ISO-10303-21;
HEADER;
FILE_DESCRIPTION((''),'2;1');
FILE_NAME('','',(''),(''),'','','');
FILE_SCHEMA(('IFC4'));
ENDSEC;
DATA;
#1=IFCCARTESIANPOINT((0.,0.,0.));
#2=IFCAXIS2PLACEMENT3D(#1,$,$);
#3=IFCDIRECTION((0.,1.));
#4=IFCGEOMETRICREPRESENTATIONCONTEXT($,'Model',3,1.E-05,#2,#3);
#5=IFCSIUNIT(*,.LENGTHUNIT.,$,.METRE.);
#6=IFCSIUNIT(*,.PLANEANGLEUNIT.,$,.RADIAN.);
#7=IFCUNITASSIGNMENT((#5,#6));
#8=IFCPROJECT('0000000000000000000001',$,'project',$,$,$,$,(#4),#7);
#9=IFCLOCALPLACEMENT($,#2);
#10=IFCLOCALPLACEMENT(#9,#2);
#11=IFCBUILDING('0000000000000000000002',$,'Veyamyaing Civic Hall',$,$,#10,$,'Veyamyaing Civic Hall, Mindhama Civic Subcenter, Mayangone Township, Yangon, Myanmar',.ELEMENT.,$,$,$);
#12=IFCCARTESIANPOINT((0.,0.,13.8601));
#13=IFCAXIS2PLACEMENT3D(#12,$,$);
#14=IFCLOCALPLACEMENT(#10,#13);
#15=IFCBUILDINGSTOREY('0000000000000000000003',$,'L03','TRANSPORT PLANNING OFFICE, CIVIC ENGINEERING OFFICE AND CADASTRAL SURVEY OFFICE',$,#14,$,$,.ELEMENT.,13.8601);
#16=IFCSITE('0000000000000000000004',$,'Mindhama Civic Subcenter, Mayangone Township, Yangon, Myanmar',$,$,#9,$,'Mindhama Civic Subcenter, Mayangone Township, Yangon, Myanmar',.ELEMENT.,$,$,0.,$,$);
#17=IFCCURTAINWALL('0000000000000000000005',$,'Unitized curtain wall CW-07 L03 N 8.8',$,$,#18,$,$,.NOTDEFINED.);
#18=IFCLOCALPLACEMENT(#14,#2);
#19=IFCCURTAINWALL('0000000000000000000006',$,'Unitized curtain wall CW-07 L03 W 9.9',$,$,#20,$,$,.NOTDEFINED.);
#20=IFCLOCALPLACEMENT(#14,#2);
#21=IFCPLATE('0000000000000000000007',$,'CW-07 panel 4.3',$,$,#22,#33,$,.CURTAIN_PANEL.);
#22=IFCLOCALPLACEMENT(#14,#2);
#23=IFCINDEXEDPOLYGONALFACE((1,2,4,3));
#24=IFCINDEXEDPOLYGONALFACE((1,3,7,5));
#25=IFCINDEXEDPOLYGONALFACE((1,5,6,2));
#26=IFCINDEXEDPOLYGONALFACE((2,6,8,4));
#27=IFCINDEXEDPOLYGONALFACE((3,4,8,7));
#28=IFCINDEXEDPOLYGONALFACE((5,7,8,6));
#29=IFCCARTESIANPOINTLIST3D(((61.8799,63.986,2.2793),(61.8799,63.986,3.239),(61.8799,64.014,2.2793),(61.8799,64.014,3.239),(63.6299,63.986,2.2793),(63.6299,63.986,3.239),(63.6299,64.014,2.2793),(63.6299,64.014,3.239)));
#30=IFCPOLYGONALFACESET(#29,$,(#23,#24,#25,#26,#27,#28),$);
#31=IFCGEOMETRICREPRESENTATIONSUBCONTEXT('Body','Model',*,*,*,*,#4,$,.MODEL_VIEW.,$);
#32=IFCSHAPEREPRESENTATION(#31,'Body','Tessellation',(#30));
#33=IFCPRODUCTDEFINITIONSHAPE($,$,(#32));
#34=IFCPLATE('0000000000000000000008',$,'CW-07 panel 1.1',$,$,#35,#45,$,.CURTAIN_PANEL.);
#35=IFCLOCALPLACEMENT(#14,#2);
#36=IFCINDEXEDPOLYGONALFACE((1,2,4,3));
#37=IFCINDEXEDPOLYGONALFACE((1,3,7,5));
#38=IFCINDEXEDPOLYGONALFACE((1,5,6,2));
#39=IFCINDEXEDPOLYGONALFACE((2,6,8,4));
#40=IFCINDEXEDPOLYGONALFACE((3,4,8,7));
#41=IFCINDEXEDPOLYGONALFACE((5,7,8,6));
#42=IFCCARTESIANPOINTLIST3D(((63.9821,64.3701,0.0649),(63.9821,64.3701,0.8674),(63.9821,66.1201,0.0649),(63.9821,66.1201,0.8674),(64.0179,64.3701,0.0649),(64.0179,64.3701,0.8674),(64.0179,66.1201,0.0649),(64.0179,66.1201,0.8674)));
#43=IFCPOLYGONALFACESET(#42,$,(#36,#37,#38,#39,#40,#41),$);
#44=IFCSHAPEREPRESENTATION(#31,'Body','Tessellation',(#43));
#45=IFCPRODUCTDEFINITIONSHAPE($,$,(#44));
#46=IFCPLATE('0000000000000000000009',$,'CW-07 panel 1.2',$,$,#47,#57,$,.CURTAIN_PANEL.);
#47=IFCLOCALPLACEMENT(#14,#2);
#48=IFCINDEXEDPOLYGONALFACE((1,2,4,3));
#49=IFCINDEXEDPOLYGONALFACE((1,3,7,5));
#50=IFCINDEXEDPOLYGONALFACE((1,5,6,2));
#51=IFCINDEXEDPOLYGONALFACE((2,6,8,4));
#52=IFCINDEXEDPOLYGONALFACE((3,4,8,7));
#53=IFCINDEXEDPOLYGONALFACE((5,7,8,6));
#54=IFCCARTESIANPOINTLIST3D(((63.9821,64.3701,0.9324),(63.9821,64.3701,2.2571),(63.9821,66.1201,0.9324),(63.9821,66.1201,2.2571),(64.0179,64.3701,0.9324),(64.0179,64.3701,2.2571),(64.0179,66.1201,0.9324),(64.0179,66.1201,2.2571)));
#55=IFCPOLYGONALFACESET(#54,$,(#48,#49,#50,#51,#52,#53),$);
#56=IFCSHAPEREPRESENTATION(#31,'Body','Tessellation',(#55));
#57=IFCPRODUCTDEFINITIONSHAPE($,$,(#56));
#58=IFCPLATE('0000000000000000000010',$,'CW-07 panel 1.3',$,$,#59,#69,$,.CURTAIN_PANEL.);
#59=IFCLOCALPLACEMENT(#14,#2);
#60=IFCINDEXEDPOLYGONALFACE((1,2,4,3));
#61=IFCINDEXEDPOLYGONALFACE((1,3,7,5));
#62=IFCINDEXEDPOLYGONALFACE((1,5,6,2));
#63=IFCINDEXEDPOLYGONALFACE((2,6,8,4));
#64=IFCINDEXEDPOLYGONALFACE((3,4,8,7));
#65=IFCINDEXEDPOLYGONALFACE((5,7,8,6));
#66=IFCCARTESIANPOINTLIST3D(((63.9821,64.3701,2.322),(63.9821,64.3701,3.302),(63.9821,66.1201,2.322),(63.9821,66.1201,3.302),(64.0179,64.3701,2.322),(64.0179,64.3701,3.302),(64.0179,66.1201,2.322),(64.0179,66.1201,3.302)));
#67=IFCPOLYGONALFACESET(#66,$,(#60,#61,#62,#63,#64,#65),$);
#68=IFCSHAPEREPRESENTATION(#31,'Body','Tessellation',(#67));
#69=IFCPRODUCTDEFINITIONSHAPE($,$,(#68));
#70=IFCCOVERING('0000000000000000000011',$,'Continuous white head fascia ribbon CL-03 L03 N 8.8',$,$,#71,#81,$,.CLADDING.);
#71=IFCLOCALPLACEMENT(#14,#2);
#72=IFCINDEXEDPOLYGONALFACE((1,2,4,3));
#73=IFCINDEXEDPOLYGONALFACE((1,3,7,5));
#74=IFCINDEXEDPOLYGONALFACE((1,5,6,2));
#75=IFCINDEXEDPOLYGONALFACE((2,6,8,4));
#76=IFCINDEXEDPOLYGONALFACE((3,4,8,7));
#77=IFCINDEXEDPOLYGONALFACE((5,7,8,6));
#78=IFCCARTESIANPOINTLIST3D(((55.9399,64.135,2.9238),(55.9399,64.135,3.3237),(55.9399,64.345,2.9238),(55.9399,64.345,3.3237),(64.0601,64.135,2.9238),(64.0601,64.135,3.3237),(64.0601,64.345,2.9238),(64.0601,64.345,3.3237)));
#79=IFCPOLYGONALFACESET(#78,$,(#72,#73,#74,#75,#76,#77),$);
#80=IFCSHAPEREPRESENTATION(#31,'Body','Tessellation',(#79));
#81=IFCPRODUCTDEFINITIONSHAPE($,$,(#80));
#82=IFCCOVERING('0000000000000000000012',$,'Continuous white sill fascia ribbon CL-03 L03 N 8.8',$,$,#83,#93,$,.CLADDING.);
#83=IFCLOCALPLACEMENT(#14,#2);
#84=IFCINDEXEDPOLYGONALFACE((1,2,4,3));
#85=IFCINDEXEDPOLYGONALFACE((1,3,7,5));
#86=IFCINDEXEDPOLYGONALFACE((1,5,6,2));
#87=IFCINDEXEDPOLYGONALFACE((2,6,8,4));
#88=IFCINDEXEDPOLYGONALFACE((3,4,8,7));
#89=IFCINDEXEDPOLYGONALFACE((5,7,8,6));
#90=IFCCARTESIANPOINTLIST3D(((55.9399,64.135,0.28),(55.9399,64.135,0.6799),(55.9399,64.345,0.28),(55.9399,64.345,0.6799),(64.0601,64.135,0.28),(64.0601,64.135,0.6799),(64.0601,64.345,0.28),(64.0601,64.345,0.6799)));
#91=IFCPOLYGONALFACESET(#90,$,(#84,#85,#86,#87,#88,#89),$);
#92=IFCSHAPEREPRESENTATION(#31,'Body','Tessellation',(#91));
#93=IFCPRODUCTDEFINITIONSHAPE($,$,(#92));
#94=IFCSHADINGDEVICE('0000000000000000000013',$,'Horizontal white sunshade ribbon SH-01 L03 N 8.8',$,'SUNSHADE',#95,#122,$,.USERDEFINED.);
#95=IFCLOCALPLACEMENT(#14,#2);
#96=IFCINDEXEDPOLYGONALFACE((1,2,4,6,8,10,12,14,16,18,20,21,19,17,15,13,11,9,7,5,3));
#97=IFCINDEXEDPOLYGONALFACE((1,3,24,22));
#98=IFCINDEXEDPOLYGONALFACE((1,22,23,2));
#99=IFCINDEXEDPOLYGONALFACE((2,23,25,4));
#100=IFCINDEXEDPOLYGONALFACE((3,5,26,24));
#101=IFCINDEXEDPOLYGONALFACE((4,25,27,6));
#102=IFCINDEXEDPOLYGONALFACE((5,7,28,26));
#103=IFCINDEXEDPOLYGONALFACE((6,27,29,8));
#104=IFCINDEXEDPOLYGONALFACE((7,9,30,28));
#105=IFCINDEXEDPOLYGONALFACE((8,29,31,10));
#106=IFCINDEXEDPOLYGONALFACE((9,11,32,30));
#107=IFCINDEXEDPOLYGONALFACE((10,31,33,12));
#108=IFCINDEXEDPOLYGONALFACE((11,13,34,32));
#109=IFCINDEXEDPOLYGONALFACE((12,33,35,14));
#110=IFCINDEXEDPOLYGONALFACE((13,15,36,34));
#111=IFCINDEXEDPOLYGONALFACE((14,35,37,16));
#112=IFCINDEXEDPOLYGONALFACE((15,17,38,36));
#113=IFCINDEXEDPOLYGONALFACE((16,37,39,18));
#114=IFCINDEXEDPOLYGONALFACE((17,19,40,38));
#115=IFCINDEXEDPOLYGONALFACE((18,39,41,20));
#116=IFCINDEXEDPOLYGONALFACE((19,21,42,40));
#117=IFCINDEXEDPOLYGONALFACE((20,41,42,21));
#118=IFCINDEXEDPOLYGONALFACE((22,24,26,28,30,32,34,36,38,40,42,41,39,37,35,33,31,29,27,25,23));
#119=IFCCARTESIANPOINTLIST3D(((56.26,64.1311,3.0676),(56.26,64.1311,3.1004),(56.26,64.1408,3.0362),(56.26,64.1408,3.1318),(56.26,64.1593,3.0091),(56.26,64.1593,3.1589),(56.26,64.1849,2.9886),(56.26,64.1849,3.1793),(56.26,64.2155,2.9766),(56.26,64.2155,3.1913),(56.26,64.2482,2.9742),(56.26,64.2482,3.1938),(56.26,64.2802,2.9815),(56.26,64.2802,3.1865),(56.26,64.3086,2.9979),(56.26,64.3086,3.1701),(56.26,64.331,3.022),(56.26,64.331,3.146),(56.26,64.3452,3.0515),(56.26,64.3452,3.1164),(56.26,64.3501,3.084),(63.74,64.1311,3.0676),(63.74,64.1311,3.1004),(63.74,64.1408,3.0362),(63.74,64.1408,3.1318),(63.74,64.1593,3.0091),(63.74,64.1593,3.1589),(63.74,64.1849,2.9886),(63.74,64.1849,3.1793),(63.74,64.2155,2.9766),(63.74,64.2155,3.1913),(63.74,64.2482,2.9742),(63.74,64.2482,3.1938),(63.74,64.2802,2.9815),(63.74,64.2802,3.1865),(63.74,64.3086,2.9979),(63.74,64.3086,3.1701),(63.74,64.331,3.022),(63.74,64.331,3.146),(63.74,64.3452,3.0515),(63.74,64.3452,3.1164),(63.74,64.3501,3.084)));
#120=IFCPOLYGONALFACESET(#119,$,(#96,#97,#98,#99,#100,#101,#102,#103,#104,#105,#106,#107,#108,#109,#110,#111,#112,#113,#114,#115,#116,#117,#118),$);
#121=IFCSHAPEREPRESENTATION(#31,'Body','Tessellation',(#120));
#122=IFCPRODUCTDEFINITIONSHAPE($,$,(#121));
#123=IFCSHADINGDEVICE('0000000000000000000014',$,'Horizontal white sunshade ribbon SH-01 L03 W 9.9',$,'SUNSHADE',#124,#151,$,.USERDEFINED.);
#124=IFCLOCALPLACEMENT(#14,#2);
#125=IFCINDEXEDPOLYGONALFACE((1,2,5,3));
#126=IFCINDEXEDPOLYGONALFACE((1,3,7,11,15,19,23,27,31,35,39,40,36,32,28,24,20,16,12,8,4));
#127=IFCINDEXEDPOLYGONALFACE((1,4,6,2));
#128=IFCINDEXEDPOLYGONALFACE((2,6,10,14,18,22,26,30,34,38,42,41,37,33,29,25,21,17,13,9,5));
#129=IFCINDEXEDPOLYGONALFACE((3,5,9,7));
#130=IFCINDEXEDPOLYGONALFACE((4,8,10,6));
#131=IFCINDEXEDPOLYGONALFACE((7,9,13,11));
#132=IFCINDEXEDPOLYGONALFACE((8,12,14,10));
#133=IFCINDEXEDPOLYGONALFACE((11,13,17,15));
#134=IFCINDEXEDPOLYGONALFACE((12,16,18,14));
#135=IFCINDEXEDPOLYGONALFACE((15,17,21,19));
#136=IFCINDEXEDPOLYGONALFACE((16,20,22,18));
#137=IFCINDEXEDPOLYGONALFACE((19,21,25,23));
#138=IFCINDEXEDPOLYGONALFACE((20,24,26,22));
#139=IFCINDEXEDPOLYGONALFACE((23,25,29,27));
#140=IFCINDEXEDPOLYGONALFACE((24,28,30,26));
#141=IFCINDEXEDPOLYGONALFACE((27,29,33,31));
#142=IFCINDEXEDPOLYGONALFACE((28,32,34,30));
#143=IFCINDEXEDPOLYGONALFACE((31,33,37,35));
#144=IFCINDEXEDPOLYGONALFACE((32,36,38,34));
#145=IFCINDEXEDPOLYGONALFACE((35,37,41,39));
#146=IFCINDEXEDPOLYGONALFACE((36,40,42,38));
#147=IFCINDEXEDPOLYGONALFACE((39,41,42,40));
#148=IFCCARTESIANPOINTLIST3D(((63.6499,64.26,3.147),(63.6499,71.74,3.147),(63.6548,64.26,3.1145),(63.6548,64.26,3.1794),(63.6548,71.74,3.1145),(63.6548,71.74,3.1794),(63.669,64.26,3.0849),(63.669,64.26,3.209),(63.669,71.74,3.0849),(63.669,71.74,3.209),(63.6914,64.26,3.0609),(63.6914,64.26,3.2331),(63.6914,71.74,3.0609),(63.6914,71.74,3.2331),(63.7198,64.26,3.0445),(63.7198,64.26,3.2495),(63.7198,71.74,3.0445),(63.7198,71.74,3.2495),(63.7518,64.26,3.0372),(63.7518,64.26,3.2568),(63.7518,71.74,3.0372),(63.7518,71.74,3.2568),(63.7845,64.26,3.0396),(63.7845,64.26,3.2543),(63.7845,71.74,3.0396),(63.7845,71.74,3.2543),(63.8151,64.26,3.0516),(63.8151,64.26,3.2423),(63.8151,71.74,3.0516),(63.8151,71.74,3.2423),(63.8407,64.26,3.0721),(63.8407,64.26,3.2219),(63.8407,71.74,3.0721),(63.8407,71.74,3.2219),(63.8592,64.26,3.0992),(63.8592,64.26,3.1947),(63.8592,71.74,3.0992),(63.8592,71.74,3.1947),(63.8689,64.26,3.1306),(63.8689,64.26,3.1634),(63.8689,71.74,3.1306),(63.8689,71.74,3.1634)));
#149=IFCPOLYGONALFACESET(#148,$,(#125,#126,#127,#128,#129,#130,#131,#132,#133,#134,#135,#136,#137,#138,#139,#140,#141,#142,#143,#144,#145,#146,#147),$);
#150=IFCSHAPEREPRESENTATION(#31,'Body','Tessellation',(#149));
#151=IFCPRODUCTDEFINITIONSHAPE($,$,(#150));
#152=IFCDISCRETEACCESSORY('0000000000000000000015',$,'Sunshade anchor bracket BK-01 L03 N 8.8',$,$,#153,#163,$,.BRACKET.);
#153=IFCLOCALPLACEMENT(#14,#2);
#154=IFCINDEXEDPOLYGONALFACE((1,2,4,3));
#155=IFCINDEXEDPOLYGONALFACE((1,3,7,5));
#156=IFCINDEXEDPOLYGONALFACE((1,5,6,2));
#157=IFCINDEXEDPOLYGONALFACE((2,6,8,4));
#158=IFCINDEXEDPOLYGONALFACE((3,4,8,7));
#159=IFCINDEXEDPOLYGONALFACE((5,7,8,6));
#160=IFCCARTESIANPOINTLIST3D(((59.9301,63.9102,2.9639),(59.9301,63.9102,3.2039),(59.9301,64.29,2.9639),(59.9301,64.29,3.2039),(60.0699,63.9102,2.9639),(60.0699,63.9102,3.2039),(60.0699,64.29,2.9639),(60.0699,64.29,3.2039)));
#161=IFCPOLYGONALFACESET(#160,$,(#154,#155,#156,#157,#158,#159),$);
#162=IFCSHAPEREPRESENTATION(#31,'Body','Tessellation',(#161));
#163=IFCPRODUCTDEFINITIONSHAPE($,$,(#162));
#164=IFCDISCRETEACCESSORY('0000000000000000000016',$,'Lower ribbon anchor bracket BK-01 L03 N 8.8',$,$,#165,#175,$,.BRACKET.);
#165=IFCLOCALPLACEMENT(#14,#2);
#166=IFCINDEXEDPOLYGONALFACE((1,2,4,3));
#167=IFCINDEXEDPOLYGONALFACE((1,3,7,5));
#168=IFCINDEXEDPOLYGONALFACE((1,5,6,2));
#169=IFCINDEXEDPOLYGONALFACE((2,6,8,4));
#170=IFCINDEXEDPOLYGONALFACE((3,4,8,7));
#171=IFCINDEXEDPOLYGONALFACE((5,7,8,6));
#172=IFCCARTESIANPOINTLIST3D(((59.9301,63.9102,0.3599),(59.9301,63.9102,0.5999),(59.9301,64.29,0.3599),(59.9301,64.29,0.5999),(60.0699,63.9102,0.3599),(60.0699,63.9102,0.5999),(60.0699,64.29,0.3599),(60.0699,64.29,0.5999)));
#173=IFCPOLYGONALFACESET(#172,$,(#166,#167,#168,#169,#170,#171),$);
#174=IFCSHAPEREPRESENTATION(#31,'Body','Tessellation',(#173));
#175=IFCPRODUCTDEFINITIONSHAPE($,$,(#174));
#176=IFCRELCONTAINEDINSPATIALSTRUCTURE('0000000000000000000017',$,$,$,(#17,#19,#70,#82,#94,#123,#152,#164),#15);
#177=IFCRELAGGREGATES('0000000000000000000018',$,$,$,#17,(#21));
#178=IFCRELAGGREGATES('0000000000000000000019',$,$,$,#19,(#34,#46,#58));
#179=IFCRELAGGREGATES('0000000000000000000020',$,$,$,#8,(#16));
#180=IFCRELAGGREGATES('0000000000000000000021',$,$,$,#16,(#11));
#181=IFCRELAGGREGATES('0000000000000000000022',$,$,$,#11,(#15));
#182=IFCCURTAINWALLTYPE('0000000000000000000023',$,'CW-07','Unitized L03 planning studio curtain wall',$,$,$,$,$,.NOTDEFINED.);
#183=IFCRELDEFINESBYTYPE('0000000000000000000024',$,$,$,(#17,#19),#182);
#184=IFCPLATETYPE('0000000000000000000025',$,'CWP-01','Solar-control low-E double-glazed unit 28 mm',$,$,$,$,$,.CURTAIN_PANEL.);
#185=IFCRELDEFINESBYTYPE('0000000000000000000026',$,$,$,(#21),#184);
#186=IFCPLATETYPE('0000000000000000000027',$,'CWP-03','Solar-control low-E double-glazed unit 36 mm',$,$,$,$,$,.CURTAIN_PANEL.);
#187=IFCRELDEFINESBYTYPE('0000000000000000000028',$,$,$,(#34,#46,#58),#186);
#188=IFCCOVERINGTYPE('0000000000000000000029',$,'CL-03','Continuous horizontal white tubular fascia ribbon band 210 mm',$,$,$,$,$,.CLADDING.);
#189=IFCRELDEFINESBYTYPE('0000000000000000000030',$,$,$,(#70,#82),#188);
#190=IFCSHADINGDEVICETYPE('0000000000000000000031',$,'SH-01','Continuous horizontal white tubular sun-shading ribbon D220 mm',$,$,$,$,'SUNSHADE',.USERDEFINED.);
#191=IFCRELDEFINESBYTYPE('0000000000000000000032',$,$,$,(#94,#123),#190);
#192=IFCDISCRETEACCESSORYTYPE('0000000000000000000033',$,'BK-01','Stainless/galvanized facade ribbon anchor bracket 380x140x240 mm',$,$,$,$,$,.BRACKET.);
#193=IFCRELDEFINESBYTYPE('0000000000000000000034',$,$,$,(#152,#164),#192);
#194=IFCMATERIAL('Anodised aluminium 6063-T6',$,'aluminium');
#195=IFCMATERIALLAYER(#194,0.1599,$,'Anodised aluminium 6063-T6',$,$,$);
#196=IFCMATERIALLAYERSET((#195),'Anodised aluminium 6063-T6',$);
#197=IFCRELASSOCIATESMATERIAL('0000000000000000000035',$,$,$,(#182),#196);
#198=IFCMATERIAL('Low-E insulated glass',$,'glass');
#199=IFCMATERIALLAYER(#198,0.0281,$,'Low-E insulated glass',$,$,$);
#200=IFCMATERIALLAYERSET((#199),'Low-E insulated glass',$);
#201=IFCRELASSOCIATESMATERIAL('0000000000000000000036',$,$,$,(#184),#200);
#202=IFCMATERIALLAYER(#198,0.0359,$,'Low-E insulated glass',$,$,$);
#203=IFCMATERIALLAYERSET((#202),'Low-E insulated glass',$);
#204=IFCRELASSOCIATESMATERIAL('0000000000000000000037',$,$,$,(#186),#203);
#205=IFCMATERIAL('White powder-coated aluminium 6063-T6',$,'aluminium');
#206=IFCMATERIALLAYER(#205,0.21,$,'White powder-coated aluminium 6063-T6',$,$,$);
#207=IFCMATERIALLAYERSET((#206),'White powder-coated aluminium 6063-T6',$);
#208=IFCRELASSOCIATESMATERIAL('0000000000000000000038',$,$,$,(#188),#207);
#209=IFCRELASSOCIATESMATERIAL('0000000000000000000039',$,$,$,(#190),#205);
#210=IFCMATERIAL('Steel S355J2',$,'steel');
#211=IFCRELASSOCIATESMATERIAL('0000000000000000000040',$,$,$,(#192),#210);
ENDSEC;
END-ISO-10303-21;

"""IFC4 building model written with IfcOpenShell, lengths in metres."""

from ifc_helpers import new_model, si_unit, direction, frame, origin, origin_2d, place, context, subcontext, project, spatial, rectangle, circle, extrude, material, layer, layer_set, material_profile, profile_set, type_object, element, aggregate, save


model = new_model("IFC4")

# Units and contexts
model_context = context("Model", 3, precision=1e-05, world=origin(), true_north=direction((0.0, 1.0)))
body_context = subcontext(model_context, "Body", "Model", "MODEL_VIEW")
ifc_project = project(units=[si_unit("LENGTHUNIT", "METRE"), si_unit("PLANEANGLEUNIT", "RADIAN")], contexts=[model_context])

# Site, building, storey
site_placement = place(None, origin())
site = spatial("IfcSite", under=ifc_project, at=site_placement, Name="Mindhama Civic Subcenter, Mayangone Township, Yangon, Myanmar", LongName="Mindhama Civic Subcenter, Mayangone Township, Yangon, Myanmar", CompositionType="ELEMENT", RefElevation=0.0)
building_placement = place(site_placement, origin())
building = spatial("IfcBuilding", under=site, at=building_placement, Name="Veyamyaing Civic Hall", LongName="Veyamyaing Civic Hall, Mindhama Civic Subcenter, Mayangone Township, Yangon, Myanmar", CompositionType="ELEMENT")
storey_placement = place(building_placement, frame((0.0, 0.0, 13.8601)))
storey = spatial("IfcBuildingStorey", under=building, at=storey_placement, Name="L03", Description="TRANSPORT PLANNING OFFICE, CIVIC ENGINEERING OFFICE AND CADASTRAL SURVEY OFFICE", CompositionType="ELEMENT", Elevation=13.8601)

# Curtain walls
ifc_material_1 = material(Name="Anodised aluminium 6063-T6", Category="aluminium")
ifc_layer_1 = layer(ifc_material_1, 0.1599, Name="Anodised aluminium 6063-T6")
ifc_layer_set_1 = layer_set([ifc_layer_1], Name="Anodised aluminium 6063-T6")
curtain_wall_type = type_object("IfcCurtainWallType", Name="CW-07", Description="Unitized L03 planning studio curtain wall", PredefinedType="NOTDEFINED", material=ifc_layer_set_1)
curtain_wall_1_placement = place(storey_placement, origin())
curtain_wall_1 = element("IfcCurtainWall", 1, at=curtain_wall_1_placement, inside=storey, type_object=curtain_wall_type, Name="Unitized curtain wall CW-07 L03 N 8.8", PredefinedType="NOTDEFINED")
curtain_wall_2_placement = place(storey_placement, origin())
curtain_wall_2 = element("IfcCurtainWall", 2, at=curtain_wall_2_placement, inside=storey, type_object=curtain_wall_type, Name="Unitized curtain wall CW-07 L03 W 9.9", PredefinedType="NOTDEFINED")

# Plates
ifc_material_2 = material(Name="Low-E insulated glass", Category="glass")
ifc_layer_2 = layer(ifc_material_2, 0.0281, Name="Low-E insulated glass")
ifc_layer_set_2 = layer_set([ifc_layer_2], Name="Low-E insulated glass")
plate_type_1 = type_object("IfcPlateType", Name="CWP-01", Description="Solar-control low-E double-glazed unit 28 mm", PredefinedType="CURTAIN_PANEL", material=ifc_layer_set_2)
plate_1_placement = place(storey_placement, frame((62.7549, 64.0, 2.2793), z_axis=(0.0, 0.0, 1.0), x_axis=(1.0, 0.0, 0.0)))
plate_1 = element("IfcPlate", 3, at=plate_1_placement, type_object=plate_type_1, Name="CW-07 panel 4.3", PredefinedType="CURTAIN_PANEL", context=body_context, shape_type="SweptSolid", body=[
    extrude(rectangle(XDim=1.75, YDim=0.0281, at=origin_2d()), origin(), (0.0, 0.0, 1.0), 0.9597),
])
aggregate(curtain_wall_1, [plate_1])
ifc_layer_3 = layer(ifc_material_2, 0.0359, Name="Low-E insulated glass")
ifc_layer_set_3 = layer_set([ifc_layer_3], Name="Low-E insulated glass")
plate_type_2 = type_object("IfcPlateType", Name="CWP-03", Description="Solar-control low-E double-glazed unit 36 mm", PredefinedType="CURTAIN_PANEL", material=ifc_layer_set_3)
plate_2_placement = place(storey_placement, frame((64.0, 65.2451, 0.0649), z_axis=(0.0, 0.0, 1.0), x_axis=(0.0, 1.0, 0.0)))
plate_2 = element("IfcPlate", 4, at=plate_2_placement, type_object=plate_type_2, Name="CW-07 panel 1.1", PredefinedType="CURTAIN_PANEL", context=body_context, shape_type="SweptSolid", body=[
    extrude(rectangle(XDim=1.75, YDim=0.0359, at=origin_2d()), origin(), (0.0, 0.0, 1.0), 0.8025),
])
plate_3_placement = place(storey_placement, frame((64.0, 65.2451, 0.9324), z_axis=(0.0, 0.0, 1.0), x_axis=(0.0, 1.0, 0.0)))
plate_3 = element("IfcPlate", 5, at=plate_3_placement, type_object=plate_type_2, Name="CW-07 panel 1.2", PredefinedType="CURTAIN_PANEL", context=body_context, shape_type="SweptSolid", body=[
    extrude(rectangle(XDim=1.75, YDim=0.0359, at=origin_2d()), origin(), (0.0, 0.0, 1.0), 1.3247),
])
plate_4_placement = place(storey_placement, frame((64.0, 65.2451, 2.322), z_axis=(0.0, 0.0, 1.0), x_axis=(0.0, 1.0, 0.0)))
plate_4 = element("IfcPlate", 6, at=plate_4_placement, type_object=plate_type_2, Name="CW-07 panel 1.3", PredefinedType="CURTAIN_PANEL", context=body_context, shape_type="SweptSolid", body=[
    extrude(rectangle(XDim=1.75, YDim=0.0359, at=origin_2d()), origin(), (0.0, 0.0, 1.0), 0.98),
])
aggregate(curtain_wall_2, [plate_2, plate_3, plate_4])

# Coverings
ifc_material_3 = material(Name="White powder-coated aluminium 6063-T6", Category="aluminium")
ifc_layer_4 = layer(ifc_material_3, 0.21, Name="White powder-coated aluminium 6063-T6")
ifc_layer_set_4 = layer_set([ifc_layer_4], Name="White powder-coated aluminium 6063-T6")
covering_type = type_object("IfcCoveringType", Name="CL-03", Description="Continuous horizontal white tubular fascia ribbon band 210 mm", PredefinedType="CLADDING", material=ifc_layer_set_4)
for number, where, z_axis, x_axis, name in (
    (7, (60.0, 64.24, 2.9238), (0.0, 0.0, 1.0), (1.0, 0.0, 0.0), "Continuous white head fascia ribbon CL-03 L03 N 8.8"),
    (8, (60.0, 64.24, 0.28), (0.0, 0.0, 1.0), (1.0, 0.0, 0.0), "Continuous white sill fascia ribbon CL-03 L03 N 8.8"),
):
    element("IfcCovering", number, at=place(storey_placement, frame(where, z_axis=z_axis, x_axis=x_axis)), inside=storey, type_object=covering_type, Name=name, PredefinedType="CLADDING", context=body_context, shape_type="SweptSolid", body=[
        extrude(rectangle(XDim=8.1201, YDim=0.21, at=origin_2d()), origin(), (0.0, 0.0, 1.0), 0.3999),
    ])

# Shading devices
ifc_material_profile_1 = material_profile(ifc_material_3, circle(Radius=0.1101, at=origin_2d()), Name="SHADE-TUBE-220")
ifc_profile_set_1 = profile_set([ifc_material_profile_1], Name="White powder-coated aluminium 6063-T6")
shading_device_type = type_object("IfcShadingDeviceType", Name="SH-01", Description="Continuous horizontal white tubular sun-shading ribbon D220 mm", ElementType="SUNSHADE", PredefinedType="USERDEFINED", material=ifc_profile_set_1)
for number, where, z_axis, x_axis, name in (
    (9, (56.26, 64.24, 3.084), (1.0, 0.0, 0.0), (0.0, 1.0, 0.0), "Horizontal white sunshade ribbon SH-01 L03 N 8.8"),
    (10, (63.76, 64.26, 3.147), (0.0, 1.0, 0.0), (-1.0, 0.0, 0.0), "Horizontal white sunshade ribbon SH-01 L03 W 9.9"),
):
    element("IfcShadingDevice", number, at=place(storey_placement, frame(where, z_axis=z_axis, x_axis=x_axis)), inside=storey, type_object=shading_device_type, Name=name, ObjectType="SUNSHADE", PredefinedType="USERDEFINED", context=body_context, shape_type="SweptSolid", body=[
        extrude(circle(Radius=0.1101, at=origin_2d()), origin(), (0.0, 0.0, 1.0), 7.48),
    ])

# Discrete accessories
ifc_material_4 = material(Name="Steel S355J2", Category="steel")
discrete_accessory_type = type_object("IfcDiscreteAccessoryType", Name="BK-01", Description="Stainless/galvanized facade ribbon anchor bracket 380x140x240 mm", PredefinedType="BRACKET", material=ifc_material_4)
for number, where, z_axis, x_axis, name in (
    (11, (60.0, 64.1001, 2.9639), (0.0, 0.0, 1.0), (0.0, 1.0, 0.0), "Sunshade anchor bracket BK-01 L03 N 8.8"),
    (12, (60.0, 64.1001, 0.3599), (0.0, 0.0, 1.0), (0.0, 1.0, 0.0), "Lower ribbon anchor bracket BK-01 L03 N 8.8"),
):
    element("IfcDiscreteAccessory", number, at=place(storey_placement, frame(where, z_axis=z_axis, x_axis=x_axis)), inside=storey, type_object=discrete_accessory_type, Name=name, PredefinedType="BRACKET", context=body_context, shape_type="SweptSolid", body=[
        extrude(rectangle(XDim=0.3799, YDim=0.1399, at=origin_2d()), origin(), (0.0, 0.0, 1.0), 0.24),
    ])

save(model, "model.ifc")
